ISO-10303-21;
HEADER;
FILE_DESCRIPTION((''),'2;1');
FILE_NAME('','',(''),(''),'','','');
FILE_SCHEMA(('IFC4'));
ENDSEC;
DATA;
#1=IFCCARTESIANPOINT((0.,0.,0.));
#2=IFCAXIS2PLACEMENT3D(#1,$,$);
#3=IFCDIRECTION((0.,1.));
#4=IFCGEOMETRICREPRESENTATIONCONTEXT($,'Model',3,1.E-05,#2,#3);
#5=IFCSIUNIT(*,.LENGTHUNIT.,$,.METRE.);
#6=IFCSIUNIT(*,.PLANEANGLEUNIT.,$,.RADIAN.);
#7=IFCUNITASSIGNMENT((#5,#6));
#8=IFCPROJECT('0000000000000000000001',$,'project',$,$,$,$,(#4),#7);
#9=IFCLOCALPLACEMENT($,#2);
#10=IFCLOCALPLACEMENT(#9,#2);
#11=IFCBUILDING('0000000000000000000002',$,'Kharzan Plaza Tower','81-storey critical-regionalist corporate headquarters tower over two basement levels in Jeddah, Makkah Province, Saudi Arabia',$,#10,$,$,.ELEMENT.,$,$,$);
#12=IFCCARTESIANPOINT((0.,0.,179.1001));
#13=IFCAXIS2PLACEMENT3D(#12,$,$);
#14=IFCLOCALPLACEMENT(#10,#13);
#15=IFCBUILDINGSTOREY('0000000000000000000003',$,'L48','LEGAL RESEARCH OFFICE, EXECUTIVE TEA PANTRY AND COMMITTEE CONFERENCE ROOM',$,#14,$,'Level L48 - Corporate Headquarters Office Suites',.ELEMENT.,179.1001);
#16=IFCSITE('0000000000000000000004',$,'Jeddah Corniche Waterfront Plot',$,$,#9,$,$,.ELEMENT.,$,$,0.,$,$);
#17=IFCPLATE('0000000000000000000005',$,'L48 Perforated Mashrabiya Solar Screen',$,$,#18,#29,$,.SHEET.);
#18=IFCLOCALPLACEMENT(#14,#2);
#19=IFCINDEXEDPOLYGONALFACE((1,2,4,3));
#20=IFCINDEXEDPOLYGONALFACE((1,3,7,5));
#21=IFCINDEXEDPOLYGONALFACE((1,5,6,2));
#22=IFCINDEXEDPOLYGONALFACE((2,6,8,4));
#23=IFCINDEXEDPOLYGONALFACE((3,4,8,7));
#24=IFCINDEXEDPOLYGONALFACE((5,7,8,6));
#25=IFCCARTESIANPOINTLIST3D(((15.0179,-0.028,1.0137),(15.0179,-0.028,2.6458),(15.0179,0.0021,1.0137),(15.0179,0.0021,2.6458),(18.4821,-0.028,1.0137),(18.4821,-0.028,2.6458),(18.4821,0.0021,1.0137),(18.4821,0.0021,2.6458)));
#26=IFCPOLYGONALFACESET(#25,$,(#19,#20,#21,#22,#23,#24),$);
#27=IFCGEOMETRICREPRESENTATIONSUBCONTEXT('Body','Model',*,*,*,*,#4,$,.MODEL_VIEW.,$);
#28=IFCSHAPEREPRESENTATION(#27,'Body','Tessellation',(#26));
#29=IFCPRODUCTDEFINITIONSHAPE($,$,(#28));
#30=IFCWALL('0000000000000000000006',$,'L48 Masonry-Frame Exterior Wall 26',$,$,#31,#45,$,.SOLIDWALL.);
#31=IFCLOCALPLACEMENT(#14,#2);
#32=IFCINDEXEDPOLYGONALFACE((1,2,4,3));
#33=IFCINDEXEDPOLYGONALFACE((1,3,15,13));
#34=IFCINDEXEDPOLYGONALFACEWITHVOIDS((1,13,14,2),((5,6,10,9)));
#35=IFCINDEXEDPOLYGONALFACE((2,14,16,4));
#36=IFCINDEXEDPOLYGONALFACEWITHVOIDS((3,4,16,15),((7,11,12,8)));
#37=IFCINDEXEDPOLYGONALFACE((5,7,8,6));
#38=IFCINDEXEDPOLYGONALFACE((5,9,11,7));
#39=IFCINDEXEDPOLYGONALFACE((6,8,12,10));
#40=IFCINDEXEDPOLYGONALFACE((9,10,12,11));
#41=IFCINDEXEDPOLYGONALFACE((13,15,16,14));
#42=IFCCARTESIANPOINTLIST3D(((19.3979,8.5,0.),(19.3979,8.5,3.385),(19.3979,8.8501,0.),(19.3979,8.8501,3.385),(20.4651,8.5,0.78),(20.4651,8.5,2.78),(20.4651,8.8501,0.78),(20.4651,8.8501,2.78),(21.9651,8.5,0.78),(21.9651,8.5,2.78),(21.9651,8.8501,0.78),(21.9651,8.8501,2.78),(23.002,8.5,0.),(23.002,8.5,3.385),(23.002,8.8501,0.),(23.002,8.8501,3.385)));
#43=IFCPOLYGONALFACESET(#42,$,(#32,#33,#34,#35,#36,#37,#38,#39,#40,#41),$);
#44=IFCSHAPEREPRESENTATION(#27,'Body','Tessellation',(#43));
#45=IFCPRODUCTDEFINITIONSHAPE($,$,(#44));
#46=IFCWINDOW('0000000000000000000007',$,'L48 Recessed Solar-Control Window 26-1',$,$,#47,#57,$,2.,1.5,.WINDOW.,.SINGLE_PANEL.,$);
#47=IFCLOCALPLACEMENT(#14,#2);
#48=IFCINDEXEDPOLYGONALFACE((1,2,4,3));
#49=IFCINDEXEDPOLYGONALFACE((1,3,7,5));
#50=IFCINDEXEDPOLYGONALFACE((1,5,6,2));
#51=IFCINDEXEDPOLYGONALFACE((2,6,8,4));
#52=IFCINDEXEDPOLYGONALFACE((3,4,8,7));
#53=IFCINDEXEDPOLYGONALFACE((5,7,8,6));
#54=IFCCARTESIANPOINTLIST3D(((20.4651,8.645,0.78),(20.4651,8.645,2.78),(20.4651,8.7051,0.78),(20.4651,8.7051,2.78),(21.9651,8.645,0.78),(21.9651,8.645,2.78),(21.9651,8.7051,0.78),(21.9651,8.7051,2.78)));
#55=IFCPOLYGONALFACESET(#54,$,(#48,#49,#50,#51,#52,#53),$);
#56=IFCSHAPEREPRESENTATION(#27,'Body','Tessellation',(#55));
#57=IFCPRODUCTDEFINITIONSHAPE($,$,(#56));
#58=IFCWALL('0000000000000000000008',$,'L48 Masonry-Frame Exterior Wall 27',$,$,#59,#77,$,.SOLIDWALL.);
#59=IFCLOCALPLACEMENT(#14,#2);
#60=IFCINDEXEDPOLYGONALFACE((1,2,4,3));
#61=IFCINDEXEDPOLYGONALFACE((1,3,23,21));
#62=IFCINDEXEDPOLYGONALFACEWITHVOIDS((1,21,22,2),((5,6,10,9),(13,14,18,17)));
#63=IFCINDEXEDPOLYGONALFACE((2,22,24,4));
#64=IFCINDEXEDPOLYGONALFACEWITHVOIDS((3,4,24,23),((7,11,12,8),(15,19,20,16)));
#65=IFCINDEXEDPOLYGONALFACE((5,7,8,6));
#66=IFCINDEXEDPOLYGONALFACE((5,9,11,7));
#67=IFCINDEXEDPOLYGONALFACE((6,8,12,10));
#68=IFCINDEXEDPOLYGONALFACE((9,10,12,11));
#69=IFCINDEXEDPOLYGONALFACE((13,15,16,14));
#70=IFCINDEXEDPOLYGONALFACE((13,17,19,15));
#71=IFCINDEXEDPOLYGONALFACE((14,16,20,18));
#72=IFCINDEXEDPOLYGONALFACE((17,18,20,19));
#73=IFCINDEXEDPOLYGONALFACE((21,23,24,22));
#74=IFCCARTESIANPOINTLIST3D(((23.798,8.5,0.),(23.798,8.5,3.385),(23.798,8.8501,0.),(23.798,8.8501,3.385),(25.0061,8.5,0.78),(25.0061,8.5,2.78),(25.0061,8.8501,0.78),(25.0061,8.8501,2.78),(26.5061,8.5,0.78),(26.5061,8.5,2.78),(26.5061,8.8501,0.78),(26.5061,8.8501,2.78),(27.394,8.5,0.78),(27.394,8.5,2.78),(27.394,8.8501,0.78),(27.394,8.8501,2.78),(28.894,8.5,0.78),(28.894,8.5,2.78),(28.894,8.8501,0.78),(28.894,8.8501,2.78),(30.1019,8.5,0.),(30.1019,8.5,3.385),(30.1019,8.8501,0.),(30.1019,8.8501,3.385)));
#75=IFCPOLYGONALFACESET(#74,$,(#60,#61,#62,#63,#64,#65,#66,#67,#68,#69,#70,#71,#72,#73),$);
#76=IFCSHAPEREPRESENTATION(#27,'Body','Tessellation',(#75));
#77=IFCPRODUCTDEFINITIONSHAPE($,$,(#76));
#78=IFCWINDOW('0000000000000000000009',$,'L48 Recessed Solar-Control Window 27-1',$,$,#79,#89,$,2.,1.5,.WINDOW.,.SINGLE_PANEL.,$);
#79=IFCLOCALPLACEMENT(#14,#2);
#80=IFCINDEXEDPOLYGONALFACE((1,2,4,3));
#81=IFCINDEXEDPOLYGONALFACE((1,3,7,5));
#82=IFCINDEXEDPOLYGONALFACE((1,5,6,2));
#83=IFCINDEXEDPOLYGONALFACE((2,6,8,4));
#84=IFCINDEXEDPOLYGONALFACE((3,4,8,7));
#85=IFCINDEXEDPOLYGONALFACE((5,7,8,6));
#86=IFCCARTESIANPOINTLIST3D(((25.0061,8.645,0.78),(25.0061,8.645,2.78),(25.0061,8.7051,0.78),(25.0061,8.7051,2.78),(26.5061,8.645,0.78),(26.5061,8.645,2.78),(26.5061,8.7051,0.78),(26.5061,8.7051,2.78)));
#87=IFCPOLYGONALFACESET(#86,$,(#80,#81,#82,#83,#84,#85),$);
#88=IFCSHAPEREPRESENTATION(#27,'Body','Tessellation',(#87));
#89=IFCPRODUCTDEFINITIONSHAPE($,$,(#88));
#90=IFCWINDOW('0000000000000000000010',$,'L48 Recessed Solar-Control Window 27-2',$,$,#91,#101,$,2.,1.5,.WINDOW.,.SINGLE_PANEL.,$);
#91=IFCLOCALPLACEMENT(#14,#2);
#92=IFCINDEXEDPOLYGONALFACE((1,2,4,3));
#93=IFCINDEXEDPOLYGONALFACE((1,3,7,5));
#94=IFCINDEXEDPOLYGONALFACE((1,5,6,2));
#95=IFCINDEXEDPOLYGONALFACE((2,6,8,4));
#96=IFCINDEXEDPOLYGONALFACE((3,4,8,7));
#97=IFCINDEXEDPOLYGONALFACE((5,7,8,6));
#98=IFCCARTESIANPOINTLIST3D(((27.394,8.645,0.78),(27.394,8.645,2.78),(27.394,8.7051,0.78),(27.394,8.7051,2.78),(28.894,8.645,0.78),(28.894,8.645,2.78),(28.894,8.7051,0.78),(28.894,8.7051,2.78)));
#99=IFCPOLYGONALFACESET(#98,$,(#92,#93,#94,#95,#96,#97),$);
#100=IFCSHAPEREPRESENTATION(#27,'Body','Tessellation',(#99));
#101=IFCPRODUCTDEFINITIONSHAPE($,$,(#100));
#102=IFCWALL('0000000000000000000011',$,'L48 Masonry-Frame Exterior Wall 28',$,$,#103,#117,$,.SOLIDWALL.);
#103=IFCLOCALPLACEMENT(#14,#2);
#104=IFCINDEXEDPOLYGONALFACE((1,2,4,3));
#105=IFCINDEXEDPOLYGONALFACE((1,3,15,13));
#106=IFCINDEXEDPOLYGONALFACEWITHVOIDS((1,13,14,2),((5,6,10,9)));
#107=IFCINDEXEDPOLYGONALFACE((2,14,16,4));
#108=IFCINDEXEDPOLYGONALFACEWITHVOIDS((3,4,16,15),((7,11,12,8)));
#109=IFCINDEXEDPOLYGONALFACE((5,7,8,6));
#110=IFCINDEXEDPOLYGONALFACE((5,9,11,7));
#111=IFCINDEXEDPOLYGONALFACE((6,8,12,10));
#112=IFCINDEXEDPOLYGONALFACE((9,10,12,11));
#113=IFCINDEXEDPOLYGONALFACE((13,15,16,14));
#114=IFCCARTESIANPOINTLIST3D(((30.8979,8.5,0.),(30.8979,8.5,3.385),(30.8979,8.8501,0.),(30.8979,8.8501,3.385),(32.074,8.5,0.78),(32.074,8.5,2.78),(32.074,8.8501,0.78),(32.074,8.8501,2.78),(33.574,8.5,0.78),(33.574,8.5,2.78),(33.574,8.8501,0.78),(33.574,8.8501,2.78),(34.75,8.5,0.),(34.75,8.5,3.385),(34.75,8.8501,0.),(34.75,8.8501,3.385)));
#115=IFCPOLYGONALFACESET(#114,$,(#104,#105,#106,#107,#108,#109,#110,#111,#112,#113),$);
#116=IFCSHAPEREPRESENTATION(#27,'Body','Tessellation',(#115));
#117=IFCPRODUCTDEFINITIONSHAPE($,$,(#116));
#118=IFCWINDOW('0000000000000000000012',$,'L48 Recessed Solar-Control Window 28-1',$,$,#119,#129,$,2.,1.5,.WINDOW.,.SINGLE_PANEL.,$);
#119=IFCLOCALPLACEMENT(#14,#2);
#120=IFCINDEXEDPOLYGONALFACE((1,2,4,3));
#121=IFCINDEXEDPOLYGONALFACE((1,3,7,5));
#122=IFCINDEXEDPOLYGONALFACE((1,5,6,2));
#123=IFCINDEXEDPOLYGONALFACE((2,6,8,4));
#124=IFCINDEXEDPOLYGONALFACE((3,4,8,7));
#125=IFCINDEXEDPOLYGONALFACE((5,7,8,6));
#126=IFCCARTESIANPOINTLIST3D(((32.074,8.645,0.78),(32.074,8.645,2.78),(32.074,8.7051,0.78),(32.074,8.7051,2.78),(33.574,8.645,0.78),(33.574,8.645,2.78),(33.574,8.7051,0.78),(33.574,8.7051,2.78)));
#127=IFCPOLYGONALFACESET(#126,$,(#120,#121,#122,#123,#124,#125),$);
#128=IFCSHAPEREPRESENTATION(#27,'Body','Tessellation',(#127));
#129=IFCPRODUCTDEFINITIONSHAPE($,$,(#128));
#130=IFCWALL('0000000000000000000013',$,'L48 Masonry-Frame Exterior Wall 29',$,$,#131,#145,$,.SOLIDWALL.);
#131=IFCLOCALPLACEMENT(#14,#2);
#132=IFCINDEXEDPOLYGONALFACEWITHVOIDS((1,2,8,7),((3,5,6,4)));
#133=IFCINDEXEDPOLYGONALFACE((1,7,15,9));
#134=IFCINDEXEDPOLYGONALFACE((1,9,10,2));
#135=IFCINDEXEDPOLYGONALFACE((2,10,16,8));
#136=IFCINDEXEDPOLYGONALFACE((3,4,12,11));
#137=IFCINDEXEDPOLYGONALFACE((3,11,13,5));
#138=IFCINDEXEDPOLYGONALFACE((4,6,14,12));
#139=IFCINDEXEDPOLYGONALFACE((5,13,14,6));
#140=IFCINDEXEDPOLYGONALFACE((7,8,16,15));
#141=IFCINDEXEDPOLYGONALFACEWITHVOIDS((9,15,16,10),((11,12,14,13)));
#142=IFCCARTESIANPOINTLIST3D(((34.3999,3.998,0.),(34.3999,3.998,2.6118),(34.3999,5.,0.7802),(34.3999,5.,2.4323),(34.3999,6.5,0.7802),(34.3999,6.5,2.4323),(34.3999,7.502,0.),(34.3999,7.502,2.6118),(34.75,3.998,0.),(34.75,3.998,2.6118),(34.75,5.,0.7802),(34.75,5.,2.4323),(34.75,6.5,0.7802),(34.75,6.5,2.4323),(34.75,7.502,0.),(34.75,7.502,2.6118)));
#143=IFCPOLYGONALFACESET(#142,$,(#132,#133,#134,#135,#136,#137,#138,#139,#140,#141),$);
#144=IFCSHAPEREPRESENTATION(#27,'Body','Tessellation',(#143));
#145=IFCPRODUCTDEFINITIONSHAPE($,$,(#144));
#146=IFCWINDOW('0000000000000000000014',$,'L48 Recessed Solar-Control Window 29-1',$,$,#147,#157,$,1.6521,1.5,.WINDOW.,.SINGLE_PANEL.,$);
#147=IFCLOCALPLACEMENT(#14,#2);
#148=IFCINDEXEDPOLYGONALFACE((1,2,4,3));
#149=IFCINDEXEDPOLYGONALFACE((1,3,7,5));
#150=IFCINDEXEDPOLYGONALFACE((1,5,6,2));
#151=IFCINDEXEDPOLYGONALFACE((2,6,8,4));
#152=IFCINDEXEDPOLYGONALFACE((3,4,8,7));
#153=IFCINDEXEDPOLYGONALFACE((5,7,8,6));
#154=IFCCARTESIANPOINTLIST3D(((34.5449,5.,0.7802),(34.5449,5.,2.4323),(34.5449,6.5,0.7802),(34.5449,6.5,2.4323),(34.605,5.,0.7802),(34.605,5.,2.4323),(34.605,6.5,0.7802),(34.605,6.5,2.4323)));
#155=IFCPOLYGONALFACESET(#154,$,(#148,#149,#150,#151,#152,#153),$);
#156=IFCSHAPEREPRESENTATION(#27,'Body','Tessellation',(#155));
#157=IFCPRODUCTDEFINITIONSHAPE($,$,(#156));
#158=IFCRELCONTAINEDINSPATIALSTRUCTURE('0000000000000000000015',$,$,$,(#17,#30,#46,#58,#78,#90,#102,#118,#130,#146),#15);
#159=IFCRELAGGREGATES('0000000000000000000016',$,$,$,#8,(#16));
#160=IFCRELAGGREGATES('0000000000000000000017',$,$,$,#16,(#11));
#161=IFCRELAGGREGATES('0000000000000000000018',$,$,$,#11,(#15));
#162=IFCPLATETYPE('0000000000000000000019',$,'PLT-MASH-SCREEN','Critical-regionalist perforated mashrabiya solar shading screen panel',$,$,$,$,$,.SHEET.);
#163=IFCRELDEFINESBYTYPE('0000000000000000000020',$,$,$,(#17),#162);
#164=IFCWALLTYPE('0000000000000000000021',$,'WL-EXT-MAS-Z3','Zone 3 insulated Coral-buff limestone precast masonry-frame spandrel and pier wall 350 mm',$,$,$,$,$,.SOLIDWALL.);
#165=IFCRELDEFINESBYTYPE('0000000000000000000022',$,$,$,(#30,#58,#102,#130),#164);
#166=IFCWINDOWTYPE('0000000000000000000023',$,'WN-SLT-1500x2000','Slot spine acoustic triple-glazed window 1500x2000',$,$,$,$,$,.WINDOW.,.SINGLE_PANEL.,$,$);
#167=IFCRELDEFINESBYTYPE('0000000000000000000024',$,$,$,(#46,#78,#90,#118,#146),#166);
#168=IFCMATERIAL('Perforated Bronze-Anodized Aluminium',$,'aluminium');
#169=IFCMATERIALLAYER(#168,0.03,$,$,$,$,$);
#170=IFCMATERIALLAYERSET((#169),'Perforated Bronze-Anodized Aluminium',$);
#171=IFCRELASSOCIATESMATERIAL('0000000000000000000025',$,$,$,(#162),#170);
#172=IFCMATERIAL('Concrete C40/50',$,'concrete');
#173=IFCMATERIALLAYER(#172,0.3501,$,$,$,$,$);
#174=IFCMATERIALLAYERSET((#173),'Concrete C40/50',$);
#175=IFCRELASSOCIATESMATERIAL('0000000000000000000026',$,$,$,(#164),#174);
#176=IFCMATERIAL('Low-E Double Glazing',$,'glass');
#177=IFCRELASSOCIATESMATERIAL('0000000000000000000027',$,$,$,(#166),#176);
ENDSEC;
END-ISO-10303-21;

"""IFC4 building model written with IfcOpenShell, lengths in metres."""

from ifc_helpers import new_model, si_unit, direction, frame, frame_2d, origin, origin_2d, place, context, subcontext, project, spatial, rectangle, extrude, source, transform, mapped, material, layer, layer_set, type_object, element, fill, save


model = new_model("IFC4")

# Units and contexts
model_context = context("Model", 3, precision=1e-05, world=origin(), true_north=direction((0.0, 1.0)))
body_context = subcontext(model_context, "Body", "Model", "MODEL_VIEW")
ifc_project = project(units=[si_unit("LENGTHUNIT", "METRE"), si_unit("PLANEANGLEUNIT", "RADIAN")], contexts=[model_context])

# Site, building, storey
site_placement = place(None, origin())
site = spatial("IfcSite", under=ifc_project, at=site_placement, Name="Jeddah Corniche Waterfront Plot", CompositionType="ELEMENT", RefElevation=0.0)
building_placement = place(site_placement, origin())
building = spatial("IfcBuilding", under=site, at=building_placement, Name="Kharzan Plaza Tower", Description="81-storey critical-regionalist corporate headquarters tower over two basement levels in Jeddah, Makkah Province, Saudi Arabia", CompositionType="ELEMENT")
storey_placement = place(building_placement, frame((0.0, 0.0, 179.1001)))
storey = spatial("IfcBuildingStorey", under=building, at=storey_placement, Name="L48", Description="LEGAL RESEARCH OFFICE, EXECUTIVE TEA PANTRY AND COMMITTEE CONFERENCE ROOM", LongName="Level L48 - Corporate Headquarters Office Suites", CompositionType="ELEMENT", Elevation=179.1001)

# Plate
ifc_material_1 = material(Name="Perforated Bronze-Anodized Aluminium", Category="aluminium")
ifc_layer_1 = layer(ifc_material_1, 0.03)
ifc_layer_set_1 = layer_set([ifc_layer_1], Name="Perforated Bronze-Anodized Aluminium")
plate_type = type_object("IfcPlateType", Name="PLT-MASH-SCREEN", Description="Critical-regionalist perforated mashrabiya solar shading screen panel", PredefinedType="SHEET", material=ifc_layer_set_1)
shared_shape_1 = source(origin(), body_context, "Body", "SweptSolid", [
    extrude(rectangle(XDim=3.4641, YDim=0.03, at=origin_2d()), origin(), (0.0, 0.0, 1.0), 1.6321),
])
plate_placement = place(storey_placement, frame((16.75, -0.0129, 1.0137), z_axis=(0.0, 0.0, 1.0), x_axis=(1.0, 0.0, 0.0)))
element("IfcPlate", 1, at=plate_placement, inside=storey, type_object=plate_type, Name="L48 Perforated Mashrabiya Solar Screen", PredefinedType="SHEET", context=body_context, shape_type="MappedRepresentation", body=[
    mapped(shared_shape_1, transform((0.0, 0.0, 0.0), x_axis=(1.0, 0.0, 0.0), y_axis=(0.0, 1.0, 0.0), z_axis=(0.0, 0.0, 1.0))),
])

# Wall, opening, window
ifc_material_2 = material(Name="Concrete C40/50", Category="concrete")
ifc_layer_2 = layer(ifc_material_2, 0.3501)
ifc_layer_set_2 = layer_set([ifc_layer_2], Name="Concrete C40/50")
wall_type_1 = type_object("IfcWallType", Name="WL-EXT-MAS-Z3", Description="Zone 3 insulated Coral-buff limestone precast masonry-frame spandrel and pier wall 350 mm", PredefinedType="SOLIDWALL", material=ifc_layer_set_2)
wall_1_placement = place(storey_placement, frame((19.3979, 8.675, 0.0), z_axis=(0.0, 0.0, 1.0), x_axis=(1.0, 0.0, 0.0)))
wall_1 = element("IfcWall", 2, at=wall_1_placement, inside=storey, type_object=wall_type_1, Name="L48 Masonry-Frame Exterior Wall 26", PredefinedType="SOLIDWALL", context=body_context, shape_type="SweptSolid", body=[
    extrude(rectangle(XDim=3.604, YDim=0.3501, at=frame_2d((1.802, 0.0))), origin(), (0.0, 0.0, 1.0), 3.385),
])
opening_1_placement = place(wall_1_placement, frame((1.0671, 0.0, 0.78)))
opening_1 = element("IfcOpeningElement", 3, at=opening_1_placement, cuts=wall_1, PredefinedType="OPENING", context=body_context, shape_type="SweptSolid", body=[
    extrude(rectangle(XDim=1.5, YDim=2.0, at=frame_2d((0.75, 1.0))), frame((0.0, 0.1851, 0.0), z_axis=(0.0, -1.0, 0.0), x_axis=(1.0, 0.0, 0.0)), (0.0, 0.0, 1.0), 0.3701),
])
ifc_material_3 = material(Name="Low-E Double Glazing", Category="glass")
window_type = type_object("IfcWindowType", Name="WN-SLT-1500x2000", Description="Slot spine acoustic triple-glazed window 1500x2000", PartitioningType="SINGLE_PANEL", PredefinedType="WINDOW", material=ifc_material_3)
shared_shape_2 = source(origin(), body_context, "Body", "SweptSolid", [
    extrude(rectangle(XDim=1.5, YDim=2.0, at=frame_2d((0.75, 1.0))), frame((0.0, 0.03, 0.0), z_axis=(0.0, -1.0, 0.0), x_axis=(1.0, 0.0, 0.0)), (0.0, 0.0, 1.0), 0.0601),
])
window_1_placement = place(opening_1_placement, origin())
window_1 = element("IfcWindow", 4, at=window_1_placement, inside=storey, type_object=window_type, Name="L48 Recessed Solar-Control Window 26-1", OverallHeight=2.0, OverallWidth=1.5, PartitioningType="SINGLE_PANEL", PredefinedType="WINDOW", context=body_context, shape_type="MappedRepresentation", body=[
    mapped(shared_shape_2, transform((0.0, 0.0, 0.0), x_axis=(1.0, 0.0, 0.0), y_axis=(0.0, 1.0, 0.0), z_axis=(0.0, 0.0, 1.0))),
])
fill(opening_1, window_1)

# Wall, openings, windows
wall_2_placement = place(storey_placement, frame((23.7981, 8.675, 0.0), z_axis=(0.0, 0.0, 1.0), x_axis=(1.0, 0.0, 0.0)))
wall_2 = element("IfcWall", 5, at=wall_2_placement, inside=storey, type_object=wall_type_1, Name="L48 Masonry-Frame Exterior Wall 27", PredefinedType="SOLIDWALL", context=body_context, shape_type="SweptSolid", body=[
    extrude(rectangle(XDim=6.304, YDim=0.3501, at=frame_2d((3.1519, 0.0))), origin(), (0.0, 0.0, 1.0), 3.385),
])
opening_2_placement = place(wall_2_placement, frame((1.208, 0.0, 0.78)))
opening_2 = element("IfcOpeningElement", 6, at=opening_2_placement, cuts=wall_2, PredefinedType="OPENING", context=body_context, shape_type="SweptSolid", body=[
    extrude(rectangle(XDim=1.5, YDim=2.0, at=frame_2d((0.75, 1.0))), frame((0.0, 0.1851, 0.0), z_axis=(0.0, -1.0, 0.0), x_axis=(1.0, 0.0, 0.0)), (0.0, 0.0, 1.0), 0.3701),
])
opening_3_placement = place(wall_2_placement, frame((3.5959, 0.0, 0.78)))
opening_3 = element("IfcOpeningElement", 7, at=opening_3_placement, cuts=wall_2, PredefinedType="OPENING", context=body_context, shape_type="SweptSolid", body=[
    extrude(rectangle(XDim=1.5, YDim=2.0, at=frame_2d((0.75, 1.0))), frame((0.0, 0.1851, 0.0), z_axis=(0.0, -1.0, 0.0), x_axis=(1.0, 0.0, 0.0)), (0.0, 0.0, 1.0), 0.3701),
])
window_2_placement = place(opening_2_placement, origin())
window_2 = element("IfcWindow", 8, at=window_2_placement, inside=storey, type_object=window_type, Name="L48 Recessed Solar-Control Window 27-1", OverallHeight=2.0, OverallWidth=1.5, PartitioningType="SINGLE_PANEL", PredefinedType="WINDOW", context=body_context, shape_type="MappedRepresentation", body=[
    mapped(shared_shape_2, transform((0.0, 0.0, 0.0), x_axis=(1.0, 0.0, 0.0), y_axis=(0.0, 1.0, 0.0), z_axis=(0.0, 0.0, 1.0))),
])
fill(opening_2, window_2)
window_3_placement = place(opening_3_placement, origin())
window_3 = element("IfcWindow", 9, at=window_3_placement, inside=storey, type_object=window_type, Name="L48 Recessed Solar-Control Window 27-2", OverallHeight=2.0, OverallWidth=1.5, PartitioningType="SINGLE_PANEL", PredefinedType="WINDOW", context=body_context, shape_type="MappedRepresentation", body=[
    mapped(shared_shape_2, transform((0.0, 0.0, 0.0), x_axis=(1.0, 0.0, 0.0), y_axis=(0.0, 1.0, 0.0), z_axis=(0.0, 0.0, 1.0))),
])
fill(opening_3, window_3)

# Walls, openings, windows
wall_3_placement = place(storey_placement, frame((30.8979, 8.675, 0.0), z_axis=(0.0, 0.0, 1.0), x_axis=(1.0, 0.0, 0.0)))
wall_3 = element("IfcWall", 10, at=wall_3_placement, inside=storey, type_object=wall_type_1, Name="L48 Masonry-Frame Exterior Wall 28", PredefinedType="SOLIDWALL", context=body_context, shape_type="SweptSolid", body=[
    extrude(rectangle(XDim=3.8521, YDim=0.3501, at=frame_2d((1.926, 0.0))), origin(), (0.0, 0.0, 1.0), 3.385),
])
opening_4_placement = place(wall_3_placement, frame((1.176, 0.0, 0.78)))
opening_4 = element("IfcOpeningElement", 11, at=opening_4_placement, cuts=wall_3, PredefinedType="OPENING", context=body_context, shape_type="SweptSolid", body=[
    extrude(rectangle(XDim=1.5, YDim=2.0, at=frame_2d((0.75, 1.0))), frame((0.0, 0.1851, 0.0), z_axis=(0.0, -1.0, 0.0), x_axis=(1.0, 0.0, 0.0)), (0.0, 0.0, 1.0), 0.3701),
])
window_4_placement = place(opening_4_placement, origin())
window_4 = element("IfcWindow", 12, at=window_4_placement, inside=storey, type_object=window_type, Name="L48 Recessed Solar-Control Window 28-1", OverallHeight=2.0, OverallWidth=1.5, PartitioningType="SINGLE_PANEL", PredefinedType="WINDOW", context=body_context, shape_type="MappedRepresentation", body=[
    mapped(shared_shape_2, transform((0.0, 0.0, 0.0), x_axis=(1.0, 0.0, 0.0), y_axis=(0.0, 1.0, 0.0), z_axis=(0.0, 0.0, 1.0))),
])
fill(opening_4, window_4)
wall_4_placement = place(storey_placement, frame((34.575, 7.502, 0.0), z_axis=(0.0, 0.0, 1.0), x_axis=(0.0, -1.0, 0.0)))
wall_4 = element("IfcWall", 13, at=wall_4_placement, inside=storey, type_object=wall_type_1, Name="L48 Masonry-Frame Exterior Wall 29", PredefinedType="SOLIDWALL", context=body_context, shape_type="SweptSolid", body=[
    extrude(rectangle(XDim=3.5039, YDim=0.3501, at=frame_2d((1.752, 0.0))), origin(), (0.0, 0.0, 1.0), 2.6118),
])
opening_5_placement = place(wall_4_placement, frame((1.002, 0.0, 0.78)))
opening_5 = element("IfcOpeningElement", 14, at=opening_5_placement, cuts=wall_4, PredefinedType="OPENING", context=body_context, shape_type="SweptSolid", body=[
    extrude(rectangle(XDim=1.5, YDim=1.6521, at=frame_2d((0.75, 0.8262))), frame((0.0, 0.1851, 0.0), z_axis=(0.0, -1.0, 0.0), x_axis=(1.0, 0.0, 0.0)), (0.0, 0.0, 1.0), 0.3701),
])
shared_shape_3 = source(origin(), body_context, "Body", "SweptSolid", [
    extrude(rectangle(XDim=1.5, YDim=1.6521, at=frame_2d((0.75, 0.8262))), frame((0.0, 0.03, 0.0), z_axis=(0.0, -1.0, 0.0), x_axis=(1.0, 0.0, 0.0)), (0.0, 0.0, 1.0), 0.0601),
])
window_5_placement = place(opening_5_placement, origin())
window_5 = element("IfcWindow", 15, at=window_5_placement, inside=storey, type_object=window_type, Name="L48 Recessed Solar-Control Window 29-1", OverallHeight=1.6521, OverallWidth=1.5, PartitioningType="SINGLE_PANEL", PredefinedType="WINDOW", context=body_context, shape_type="MappedRepresentation", body=[
    mapped(shared_shape_3, transform((0.0, 0.0, 0.0), x_axis=(1.0, 0.0, 0.0), y_axis=(0.0, 1.0, 0.0), z_axis=(0.0, 0.0, 1.0))),
])
fill(opening_5, window_5)

save(model, "model.ifc")
